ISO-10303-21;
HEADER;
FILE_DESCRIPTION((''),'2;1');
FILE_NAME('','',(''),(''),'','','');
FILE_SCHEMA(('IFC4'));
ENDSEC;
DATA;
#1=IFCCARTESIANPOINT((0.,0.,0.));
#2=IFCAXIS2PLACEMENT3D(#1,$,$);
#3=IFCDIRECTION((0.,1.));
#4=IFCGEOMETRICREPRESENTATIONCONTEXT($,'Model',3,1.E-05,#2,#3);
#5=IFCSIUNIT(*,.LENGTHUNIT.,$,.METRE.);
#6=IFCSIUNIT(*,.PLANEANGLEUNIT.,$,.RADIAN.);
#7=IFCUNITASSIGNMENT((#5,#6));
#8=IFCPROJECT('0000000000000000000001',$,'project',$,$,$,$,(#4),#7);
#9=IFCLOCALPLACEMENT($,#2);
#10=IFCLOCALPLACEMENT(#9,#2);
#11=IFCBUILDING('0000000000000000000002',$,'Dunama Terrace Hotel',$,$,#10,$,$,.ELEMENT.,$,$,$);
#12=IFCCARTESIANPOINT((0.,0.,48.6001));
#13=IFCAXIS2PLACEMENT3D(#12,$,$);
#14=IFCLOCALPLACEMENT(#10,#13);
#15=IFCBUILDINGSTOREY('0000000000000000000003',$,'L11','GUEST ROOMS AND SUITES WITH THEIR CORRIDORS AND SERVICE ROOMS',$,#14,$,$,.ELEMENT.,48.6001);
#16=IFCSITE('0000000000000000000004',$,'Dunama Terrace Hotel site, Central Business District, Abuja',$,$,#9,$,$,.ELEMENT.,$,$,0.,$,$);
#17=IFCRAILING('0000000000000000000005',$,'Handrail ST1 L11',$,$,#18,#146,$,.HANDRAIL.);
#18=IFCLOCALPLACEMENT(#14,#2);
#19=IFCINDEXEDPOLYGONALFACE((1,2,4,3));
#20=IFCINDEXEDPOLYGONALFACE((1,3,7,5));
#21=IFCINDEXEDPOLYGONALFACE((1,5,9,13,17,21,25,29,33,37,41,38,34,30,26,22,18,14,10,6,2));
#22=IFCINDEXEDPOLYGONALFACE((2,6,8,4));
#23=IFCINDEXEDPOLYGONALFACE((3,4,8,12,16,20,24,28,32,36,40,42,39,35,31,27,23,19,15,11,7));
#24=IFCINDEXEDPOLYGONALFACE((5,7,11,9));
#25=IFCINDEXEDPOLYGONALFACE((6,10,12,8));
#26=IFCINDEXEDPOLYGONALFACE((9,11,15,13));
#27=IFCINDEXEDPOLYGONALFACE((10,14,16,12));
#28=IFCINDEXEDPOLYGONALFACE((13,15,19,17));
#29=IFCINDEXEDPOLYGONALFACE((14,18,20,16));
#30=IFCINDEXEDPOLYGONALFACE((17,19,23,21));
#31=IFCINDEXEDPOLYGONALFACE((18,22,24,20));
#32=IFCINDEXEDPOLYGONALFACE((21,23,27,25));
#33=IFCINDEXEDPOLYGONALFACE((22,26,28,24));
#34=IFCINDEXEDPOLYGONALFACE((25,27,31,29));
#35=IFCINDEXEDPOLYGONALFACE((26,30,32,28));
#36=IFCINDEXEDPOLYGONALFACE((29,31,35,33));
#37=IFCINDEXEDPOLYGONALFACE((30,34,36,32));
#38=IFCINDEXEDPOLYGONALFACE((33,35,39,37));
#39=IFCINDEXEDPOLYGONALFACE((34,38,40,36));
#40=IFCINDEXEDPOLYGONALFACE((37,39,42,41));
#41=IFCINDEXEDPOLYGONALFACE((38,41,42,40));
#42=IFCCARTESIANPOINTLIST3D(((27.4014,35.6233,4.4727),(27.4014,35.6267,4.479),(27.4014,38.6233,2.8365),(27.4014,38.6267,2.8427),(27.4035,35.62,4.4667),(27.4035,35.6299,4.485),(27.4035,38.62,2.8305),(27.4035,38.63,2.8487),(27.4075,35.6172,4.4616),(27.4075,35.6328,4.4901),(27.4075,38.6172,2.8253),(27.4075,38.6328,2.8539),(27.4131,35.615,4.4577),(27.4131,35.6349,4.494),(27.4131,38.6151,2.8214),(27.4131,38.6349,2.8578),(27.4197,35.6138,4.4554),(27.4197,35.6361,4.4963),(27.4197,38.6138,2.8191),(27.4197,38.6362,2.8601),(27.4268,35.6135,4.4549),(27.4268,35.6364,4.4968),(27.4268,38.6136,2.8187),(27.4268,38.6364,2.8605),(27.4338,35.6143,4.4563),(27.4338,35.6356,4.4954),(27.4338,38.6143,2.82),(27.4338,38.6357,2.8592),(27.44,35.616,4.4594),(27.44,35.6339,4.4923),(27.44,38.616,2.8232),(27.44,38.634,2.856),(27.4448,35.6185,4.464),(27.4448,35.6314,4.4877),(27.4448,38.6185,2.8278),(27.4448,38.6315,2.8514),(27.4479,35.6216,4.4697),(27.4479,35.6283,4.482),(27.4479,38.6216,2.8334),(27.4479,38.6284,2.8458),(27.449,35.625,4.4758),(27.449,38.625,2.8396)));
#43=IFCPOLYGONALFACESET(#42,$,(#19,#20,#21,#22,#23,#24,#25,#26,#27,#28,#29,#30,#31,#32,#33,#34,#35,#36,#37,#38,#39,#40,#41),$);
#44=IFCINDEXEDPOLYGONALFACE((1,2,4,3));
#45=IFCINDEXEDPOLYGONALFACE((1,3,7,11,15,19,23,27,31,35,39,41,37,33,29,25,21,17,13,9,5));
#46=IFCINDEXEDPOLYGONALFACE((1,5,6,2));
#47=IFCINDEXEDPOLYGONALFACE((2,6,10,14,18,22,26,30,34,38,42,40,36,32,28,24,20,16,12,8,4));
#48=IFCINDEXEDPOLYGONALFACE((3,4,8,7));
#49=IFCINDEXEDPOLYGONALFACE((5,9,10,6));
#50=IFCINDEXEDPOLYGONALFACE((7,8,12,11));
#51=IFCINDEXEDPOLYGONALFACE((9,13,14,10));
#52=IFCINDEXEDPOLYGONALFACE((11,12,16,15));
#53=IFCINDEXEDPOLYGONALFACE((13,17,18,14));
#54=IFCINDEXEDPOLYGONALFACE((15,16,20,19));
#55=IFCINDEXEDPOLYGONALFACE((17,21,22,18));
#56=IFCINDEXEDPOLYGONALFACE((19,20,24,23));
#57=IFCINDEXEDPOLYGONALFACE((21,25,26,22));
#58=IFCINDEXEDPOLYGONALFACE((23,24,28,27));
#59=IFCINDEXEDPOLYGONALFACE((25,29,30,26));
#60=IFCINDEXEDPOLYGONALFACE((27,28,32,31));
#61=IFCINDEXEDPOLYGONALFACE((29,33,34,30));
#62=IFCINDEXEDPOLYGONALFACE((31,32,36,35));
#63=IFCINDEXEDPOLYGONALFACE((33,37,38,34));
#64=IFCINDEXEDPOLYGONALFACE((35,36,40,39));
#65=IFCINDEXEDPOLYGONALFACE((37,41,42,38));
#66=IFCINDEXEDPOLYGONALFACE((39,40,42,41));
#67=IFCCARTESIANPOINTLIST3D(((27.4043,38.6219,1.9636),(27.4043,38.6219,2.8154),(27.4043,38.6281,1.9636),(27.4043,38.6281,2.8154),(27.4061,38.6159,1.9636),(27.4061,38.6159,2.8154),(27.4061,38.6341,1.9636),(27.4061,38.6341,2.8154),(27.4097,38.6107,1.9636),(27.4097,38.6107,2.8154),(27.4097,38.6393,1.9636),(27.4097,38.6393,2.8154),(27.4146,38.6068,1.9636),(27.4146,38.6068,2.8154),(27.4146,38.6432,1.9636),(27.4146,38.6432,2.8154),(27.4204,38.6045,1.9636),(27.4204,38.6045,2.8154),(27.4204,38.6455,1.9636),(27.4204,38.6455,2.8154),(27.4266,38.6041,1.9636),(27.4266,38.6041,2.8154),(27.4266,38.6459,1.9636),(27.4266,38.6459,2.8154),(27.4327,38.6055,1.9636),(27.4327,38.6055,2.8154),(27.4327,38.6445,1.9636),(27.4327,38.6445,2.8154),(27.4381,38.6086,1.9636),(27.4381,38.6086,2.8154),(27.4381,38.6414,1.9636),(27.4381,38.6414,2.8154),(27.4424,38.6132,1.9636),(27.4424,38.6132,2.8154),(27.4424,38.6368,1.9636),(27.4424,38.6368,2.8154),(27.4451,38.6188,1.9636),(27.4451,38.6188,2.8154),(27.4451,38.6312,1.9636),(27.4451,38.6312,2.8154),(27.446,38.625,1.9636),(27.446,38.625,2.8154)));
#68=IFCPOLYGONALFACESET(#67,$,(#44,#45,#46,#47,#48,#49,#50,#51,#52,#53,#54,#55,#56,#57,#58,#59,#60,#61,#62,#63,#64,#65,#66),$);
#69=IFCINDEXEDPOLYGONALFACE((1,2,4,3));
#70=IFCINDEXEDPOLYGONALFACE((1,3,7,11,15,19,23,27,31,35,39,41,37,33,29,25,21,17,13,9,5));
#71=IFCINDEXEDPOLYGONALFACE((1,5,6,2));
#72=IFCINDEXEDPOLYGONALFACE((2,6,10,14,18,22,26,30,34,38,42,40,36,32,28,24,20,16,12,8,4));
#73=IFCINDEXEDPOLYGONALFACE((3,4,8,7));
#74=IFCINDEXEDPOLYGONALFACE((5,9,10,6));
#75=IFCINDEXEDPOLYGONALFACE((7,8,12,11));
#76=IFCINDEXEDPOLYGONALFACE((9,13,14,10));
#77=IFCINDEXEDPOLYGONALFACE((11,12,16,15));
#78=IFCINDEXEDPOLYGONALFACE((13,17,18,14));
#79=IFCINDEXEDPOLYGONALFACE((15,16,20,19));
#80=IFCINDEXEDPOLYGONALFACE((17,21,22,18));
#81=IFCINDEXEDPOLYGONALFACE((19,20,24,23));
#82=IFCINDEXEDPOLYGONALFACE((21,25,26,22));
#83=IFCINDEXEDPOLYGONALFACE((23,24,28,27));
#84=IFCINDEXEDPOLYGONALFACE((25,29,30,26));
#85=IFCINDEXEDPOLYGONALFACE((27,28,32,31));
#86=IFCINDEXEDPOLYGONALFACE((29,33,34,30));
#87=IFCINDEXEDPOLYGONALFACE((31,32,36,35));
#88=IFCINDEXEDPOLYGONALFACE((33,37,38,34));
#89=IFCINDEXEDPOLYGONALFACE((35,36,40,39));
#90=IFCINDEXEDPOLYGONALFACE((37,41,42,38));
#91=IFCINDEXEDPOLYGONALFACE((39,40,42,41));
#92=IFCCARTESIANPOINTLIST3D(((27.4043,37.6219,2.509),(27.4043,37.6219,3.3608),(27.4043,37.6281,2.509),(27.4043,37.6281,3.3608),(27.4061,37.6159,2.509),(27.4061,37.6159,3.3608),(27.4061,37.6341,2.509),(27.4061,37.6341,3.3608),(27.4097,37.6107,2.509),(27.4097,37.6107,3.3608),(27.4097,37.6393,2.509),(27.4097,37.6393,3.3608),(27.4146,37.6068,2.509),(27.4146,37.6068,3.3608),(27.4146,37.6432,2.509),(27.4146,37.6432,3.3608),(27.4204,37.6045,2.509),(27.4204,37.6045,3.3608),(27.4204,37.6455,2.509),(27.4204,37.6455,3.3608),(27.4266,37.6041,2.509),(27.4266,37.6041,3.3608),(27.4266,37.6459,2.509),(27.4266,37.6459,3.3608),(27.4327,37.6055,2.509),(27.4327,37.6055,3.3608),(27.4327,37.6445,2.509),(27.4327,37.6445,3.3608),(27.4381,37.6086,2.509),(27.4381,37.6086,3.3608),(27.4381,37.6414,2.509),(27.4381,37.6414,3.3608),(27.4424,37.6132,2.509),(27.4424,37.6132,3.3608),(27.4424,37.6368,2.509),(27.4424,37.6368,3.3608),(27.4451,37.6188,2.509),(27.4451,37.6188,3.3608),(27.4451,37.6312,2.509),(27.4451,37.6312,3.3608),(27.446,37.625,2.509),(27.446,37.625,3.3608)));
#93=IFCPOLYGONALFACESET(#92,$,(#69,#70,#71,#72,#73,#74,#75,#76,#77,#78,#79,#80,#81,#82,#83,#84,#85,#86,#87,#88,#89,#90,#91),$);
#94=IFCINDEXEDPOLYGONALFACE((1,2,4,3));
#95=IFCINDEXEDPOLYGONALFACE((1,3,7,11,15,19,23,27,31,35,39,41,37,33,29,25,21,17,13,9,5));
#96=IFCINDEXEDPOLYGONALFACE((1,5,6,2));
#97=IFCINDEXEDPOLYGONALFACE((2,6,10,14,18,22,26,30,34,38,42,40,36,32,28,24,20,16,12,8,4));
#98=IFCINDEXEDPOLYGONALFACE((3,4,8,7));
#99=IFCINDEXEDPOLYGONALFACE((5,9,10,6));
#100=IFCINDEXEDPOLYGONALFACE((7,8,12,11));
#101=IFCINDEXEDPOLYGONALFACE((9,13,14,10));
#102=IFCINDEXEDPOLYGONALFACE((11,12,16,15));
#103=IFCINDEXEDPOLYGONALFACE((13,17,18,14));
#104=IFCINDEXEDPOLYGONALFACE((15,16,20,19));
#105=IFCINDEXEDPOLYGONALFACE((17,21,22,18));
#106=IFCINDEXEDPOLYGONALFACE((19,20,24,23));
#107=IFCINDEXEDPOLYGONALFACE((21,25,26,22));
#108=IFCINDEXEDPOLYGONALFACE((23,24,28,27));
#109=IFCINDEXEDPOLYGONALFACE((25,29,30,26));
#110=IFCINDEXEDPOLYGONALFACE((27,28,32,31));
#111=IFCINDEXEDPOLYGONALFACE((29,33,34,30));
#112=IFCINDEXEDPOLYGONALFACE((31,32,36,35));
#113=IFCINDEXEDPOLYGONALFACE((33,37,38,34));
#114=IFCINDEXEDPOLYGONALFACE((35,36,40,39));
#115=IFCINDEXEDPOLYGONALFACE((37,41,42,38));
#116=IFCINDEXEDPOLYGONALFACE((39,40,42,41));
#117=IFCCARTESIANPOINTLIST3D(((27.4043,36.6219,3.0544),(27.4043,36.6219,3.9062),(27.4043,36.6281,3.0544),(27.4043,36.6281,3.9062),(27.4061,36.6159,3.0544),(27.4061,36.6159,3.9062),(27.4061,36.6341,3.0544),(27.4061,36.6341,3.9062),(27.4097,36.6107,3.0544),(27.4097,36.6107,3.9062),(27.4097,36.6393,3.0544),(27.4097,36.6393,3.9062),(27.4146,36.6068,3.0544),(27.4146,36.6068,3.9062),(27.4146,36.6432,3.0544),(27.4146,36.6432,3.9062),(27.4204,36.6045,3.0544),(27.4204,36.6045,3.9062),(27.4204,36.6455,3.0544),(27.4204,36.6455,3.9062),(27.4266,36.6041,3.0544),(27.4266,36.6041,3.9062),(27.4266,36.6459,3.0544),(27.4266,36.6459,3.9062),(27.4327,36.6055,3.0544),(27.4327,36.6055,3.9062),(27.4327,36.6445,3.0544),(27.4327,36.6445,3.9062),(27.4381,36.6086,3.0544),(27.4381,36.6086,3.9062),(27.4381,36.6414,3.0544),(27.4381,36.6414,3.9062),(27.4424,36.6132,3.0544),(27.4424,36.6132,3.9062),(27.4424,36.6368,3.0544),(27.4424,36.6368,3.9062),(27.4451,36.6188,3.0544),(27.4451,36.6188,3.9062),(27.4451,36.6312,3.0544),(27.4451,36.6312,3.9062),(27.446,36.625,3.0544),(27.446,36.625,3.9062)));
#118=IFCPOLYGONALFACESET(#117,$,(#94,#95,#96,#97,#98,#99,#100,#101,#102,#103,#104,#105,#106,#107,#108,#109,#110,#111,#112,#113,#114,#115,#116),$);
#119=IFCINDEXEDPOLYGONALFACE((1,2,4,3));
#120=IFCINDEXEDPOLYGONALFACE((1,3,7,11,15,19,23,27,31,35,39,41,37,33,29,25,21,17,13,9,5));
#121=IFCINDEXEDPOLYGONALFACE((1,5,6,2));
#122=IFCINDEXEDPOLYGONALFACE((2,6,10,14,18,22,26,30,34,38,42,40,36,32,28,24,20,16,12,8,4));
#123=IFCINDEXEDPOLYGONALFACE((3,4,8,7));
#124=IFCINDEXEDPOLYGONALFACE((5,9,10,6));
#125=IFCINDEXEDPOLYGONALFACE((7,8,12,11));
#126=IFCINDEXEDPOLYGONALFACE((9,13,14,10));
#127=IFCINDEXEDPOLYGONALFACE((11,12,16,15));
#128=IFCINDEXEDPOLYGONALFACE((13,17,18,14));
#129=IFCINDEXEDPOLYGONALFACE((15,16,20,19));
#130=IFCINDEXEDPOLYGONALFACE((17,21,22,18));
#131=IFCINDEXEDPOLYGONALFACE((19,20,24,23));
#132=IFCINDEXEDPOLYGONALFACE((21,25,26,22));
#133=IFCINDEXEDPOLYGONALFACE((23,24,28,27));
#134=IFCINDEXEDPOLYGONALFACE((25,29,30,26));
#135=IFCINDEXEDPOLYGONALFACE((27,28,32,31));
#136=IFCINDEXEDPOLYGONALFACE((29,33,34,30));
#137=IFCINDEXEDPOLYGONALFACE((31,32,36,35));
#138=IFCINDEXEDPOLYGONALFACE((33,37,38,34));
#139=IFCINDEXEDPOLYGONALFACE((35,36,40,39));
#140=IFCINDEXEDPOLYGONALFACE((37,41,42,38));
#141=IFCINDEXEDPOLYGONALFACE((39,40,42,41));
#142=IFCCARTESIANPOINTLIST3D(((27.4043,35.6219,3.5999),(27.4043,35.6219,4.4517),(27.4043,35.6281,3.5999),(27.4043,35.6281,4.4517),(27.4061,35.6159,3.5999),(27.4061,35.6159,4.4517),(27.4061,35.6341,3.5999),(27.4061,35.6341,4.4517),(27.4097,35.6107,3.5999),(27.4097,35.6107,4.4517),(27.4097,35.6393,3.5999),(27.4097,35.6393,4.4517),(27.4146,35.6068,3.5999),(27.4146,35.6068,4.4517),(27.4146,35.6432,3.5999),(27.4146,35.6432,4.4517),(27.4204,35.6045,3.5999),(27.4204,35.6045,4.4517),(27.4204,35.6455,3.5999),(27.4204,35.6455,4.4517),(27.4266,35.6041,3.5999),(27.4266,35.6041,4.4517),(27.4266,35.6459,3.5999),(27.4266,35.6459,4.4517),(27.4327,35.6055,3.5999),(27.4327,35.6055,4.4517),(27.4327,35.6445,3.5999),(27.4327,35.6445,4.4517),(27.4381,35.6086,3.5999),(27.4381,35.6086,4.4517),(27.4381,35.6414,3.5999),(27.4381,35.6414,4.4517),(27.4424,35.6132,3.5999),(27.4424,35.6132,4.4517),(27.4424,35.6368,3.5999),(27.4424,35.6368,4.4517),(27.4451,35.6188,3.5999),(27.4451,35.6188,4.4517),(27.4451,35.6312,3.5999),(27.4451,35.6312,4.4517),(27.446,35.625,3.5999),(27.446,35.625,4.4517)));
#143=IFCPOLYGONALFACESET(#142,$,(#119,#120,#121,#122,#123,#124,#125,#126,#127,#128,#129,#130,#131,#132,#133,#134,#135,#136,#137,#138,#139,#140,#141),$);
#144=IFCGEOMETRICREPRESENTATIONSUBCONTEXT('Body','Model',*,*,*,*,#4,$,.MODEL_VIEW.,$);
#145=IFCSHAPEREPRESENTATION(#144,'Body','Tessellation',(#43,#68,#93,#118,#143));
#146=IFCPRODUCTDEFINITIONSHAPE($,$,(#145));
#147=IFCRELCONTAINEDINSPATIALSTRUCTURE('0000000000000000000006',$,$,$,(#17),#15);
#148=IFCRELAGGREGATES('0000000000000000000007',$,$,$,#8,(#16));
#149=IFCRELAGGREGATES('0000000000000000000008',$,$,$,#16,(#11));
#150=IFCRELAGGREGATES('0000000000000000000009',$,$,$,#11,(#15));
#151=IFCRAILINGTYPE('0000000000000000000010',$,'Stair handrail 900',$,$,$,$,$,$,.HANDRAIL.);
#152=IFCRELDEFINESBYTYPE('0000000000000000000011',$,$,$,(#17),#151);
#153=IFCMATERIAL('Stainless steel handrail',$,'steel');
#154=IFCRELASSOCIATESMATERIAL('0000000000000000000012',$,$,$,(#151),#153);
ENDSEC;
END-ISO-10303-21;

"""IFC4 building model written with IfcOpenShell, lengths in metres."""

from ifc_helpers import new_model, si_unit, direction, frame, origin, origin_2d, place, context, subcontext, project, spatial, circle, extrude, material, type_object, element, save


model = new_model("IFC4")

# Units and contexts
model_context = context("Model", 3, precision=1e-05, world=origin(), true_north=direction((0.0, 1.0)))
body_context = subcontext(model_context, "Body", "Model", "MODEL_VIEW")
ifc_project = project(units=[si_unit("LENGTHUNIT", "METRE"), si_unit("PLANEANGLEUNIT", "RADIAN")], contexts=[model_context])

# Site, building, storey
site_placement = place(None, origin())
site = spatial("IfcSite", under=ifc_project, at=site_placement, Name="Dunama Terrace Hotel site, Central Business District, Abuja", CompositionType="ELEMENT", RefElevation=0.0)
building_placement = place(site_placement, origin())
building = spatial("IfcBuilding", under=site, at=building_placement, Name="Dunama Terrace Hotel", CompositionType="ELEMENT")
storey_placement = place(building_placement, frame((0.0, 0.0, 48.6001)))
storey = spatial("IfcBuildingStorey", under=building, at=storey_placement, Name="L11", Description="GUEST ROOMS AND SUITES WITH THEIR CORRIDORS AND SERVICE ROOMS", CompositionType="ELEMENT", Elevation=48.6001)

# Railing
ifc_material_1 = material(Name="Stainless steel handrail", Category="steel")
railing_type = type_object("IfcRailingType", Name="Stair handrail 900", PredefinedType="HANDRAIL", material=ifc_material_1)
railing_1_placement = place(storey_placement, frame((27.425, 38.625, 1.9636)))
element("IfcRailing", 1, at=railing_1_placement, inside=storey, type_object=railing_type, Name="Handrail ST1 L11", PredefinedType="HANDRAIL", context=body_context, shape_type="SweptSolid", body=[
    extrude(circle(Radius=0.0239, at=origin_2d()), frame((0.0, 0.0, 0.876), z_axis=(0.0, -0.877912, 0.478822), x_axis=(1.0, 0.0, 0.0)), (0.0, 0.0, 1.0), 3.4172),
    extrude(circle(Radius=0.021, at=origin_2d()), origin(), (0.0, 0.0, 1.0), 0.8518),
    extrude(circle(Radius=0.021, at=origin_2d()), frame((0.0, -1.0, 0.5454)), (0.0, 0.0, 1.0), 0.8518),
    extrude(circle(Radius=0.021, at=origin_2d()), frame((0.0, -2.0, 1.0908)), (0.0, 0.0, 1.0), 0.8518),
    extrude(circle(Radius=0.021, at=origin_2d()), frame((0.0, -3.0, 1.6362)), (0.0, 0.0, 1.0), 0.8518),
])

save(model, "model.ifc")
